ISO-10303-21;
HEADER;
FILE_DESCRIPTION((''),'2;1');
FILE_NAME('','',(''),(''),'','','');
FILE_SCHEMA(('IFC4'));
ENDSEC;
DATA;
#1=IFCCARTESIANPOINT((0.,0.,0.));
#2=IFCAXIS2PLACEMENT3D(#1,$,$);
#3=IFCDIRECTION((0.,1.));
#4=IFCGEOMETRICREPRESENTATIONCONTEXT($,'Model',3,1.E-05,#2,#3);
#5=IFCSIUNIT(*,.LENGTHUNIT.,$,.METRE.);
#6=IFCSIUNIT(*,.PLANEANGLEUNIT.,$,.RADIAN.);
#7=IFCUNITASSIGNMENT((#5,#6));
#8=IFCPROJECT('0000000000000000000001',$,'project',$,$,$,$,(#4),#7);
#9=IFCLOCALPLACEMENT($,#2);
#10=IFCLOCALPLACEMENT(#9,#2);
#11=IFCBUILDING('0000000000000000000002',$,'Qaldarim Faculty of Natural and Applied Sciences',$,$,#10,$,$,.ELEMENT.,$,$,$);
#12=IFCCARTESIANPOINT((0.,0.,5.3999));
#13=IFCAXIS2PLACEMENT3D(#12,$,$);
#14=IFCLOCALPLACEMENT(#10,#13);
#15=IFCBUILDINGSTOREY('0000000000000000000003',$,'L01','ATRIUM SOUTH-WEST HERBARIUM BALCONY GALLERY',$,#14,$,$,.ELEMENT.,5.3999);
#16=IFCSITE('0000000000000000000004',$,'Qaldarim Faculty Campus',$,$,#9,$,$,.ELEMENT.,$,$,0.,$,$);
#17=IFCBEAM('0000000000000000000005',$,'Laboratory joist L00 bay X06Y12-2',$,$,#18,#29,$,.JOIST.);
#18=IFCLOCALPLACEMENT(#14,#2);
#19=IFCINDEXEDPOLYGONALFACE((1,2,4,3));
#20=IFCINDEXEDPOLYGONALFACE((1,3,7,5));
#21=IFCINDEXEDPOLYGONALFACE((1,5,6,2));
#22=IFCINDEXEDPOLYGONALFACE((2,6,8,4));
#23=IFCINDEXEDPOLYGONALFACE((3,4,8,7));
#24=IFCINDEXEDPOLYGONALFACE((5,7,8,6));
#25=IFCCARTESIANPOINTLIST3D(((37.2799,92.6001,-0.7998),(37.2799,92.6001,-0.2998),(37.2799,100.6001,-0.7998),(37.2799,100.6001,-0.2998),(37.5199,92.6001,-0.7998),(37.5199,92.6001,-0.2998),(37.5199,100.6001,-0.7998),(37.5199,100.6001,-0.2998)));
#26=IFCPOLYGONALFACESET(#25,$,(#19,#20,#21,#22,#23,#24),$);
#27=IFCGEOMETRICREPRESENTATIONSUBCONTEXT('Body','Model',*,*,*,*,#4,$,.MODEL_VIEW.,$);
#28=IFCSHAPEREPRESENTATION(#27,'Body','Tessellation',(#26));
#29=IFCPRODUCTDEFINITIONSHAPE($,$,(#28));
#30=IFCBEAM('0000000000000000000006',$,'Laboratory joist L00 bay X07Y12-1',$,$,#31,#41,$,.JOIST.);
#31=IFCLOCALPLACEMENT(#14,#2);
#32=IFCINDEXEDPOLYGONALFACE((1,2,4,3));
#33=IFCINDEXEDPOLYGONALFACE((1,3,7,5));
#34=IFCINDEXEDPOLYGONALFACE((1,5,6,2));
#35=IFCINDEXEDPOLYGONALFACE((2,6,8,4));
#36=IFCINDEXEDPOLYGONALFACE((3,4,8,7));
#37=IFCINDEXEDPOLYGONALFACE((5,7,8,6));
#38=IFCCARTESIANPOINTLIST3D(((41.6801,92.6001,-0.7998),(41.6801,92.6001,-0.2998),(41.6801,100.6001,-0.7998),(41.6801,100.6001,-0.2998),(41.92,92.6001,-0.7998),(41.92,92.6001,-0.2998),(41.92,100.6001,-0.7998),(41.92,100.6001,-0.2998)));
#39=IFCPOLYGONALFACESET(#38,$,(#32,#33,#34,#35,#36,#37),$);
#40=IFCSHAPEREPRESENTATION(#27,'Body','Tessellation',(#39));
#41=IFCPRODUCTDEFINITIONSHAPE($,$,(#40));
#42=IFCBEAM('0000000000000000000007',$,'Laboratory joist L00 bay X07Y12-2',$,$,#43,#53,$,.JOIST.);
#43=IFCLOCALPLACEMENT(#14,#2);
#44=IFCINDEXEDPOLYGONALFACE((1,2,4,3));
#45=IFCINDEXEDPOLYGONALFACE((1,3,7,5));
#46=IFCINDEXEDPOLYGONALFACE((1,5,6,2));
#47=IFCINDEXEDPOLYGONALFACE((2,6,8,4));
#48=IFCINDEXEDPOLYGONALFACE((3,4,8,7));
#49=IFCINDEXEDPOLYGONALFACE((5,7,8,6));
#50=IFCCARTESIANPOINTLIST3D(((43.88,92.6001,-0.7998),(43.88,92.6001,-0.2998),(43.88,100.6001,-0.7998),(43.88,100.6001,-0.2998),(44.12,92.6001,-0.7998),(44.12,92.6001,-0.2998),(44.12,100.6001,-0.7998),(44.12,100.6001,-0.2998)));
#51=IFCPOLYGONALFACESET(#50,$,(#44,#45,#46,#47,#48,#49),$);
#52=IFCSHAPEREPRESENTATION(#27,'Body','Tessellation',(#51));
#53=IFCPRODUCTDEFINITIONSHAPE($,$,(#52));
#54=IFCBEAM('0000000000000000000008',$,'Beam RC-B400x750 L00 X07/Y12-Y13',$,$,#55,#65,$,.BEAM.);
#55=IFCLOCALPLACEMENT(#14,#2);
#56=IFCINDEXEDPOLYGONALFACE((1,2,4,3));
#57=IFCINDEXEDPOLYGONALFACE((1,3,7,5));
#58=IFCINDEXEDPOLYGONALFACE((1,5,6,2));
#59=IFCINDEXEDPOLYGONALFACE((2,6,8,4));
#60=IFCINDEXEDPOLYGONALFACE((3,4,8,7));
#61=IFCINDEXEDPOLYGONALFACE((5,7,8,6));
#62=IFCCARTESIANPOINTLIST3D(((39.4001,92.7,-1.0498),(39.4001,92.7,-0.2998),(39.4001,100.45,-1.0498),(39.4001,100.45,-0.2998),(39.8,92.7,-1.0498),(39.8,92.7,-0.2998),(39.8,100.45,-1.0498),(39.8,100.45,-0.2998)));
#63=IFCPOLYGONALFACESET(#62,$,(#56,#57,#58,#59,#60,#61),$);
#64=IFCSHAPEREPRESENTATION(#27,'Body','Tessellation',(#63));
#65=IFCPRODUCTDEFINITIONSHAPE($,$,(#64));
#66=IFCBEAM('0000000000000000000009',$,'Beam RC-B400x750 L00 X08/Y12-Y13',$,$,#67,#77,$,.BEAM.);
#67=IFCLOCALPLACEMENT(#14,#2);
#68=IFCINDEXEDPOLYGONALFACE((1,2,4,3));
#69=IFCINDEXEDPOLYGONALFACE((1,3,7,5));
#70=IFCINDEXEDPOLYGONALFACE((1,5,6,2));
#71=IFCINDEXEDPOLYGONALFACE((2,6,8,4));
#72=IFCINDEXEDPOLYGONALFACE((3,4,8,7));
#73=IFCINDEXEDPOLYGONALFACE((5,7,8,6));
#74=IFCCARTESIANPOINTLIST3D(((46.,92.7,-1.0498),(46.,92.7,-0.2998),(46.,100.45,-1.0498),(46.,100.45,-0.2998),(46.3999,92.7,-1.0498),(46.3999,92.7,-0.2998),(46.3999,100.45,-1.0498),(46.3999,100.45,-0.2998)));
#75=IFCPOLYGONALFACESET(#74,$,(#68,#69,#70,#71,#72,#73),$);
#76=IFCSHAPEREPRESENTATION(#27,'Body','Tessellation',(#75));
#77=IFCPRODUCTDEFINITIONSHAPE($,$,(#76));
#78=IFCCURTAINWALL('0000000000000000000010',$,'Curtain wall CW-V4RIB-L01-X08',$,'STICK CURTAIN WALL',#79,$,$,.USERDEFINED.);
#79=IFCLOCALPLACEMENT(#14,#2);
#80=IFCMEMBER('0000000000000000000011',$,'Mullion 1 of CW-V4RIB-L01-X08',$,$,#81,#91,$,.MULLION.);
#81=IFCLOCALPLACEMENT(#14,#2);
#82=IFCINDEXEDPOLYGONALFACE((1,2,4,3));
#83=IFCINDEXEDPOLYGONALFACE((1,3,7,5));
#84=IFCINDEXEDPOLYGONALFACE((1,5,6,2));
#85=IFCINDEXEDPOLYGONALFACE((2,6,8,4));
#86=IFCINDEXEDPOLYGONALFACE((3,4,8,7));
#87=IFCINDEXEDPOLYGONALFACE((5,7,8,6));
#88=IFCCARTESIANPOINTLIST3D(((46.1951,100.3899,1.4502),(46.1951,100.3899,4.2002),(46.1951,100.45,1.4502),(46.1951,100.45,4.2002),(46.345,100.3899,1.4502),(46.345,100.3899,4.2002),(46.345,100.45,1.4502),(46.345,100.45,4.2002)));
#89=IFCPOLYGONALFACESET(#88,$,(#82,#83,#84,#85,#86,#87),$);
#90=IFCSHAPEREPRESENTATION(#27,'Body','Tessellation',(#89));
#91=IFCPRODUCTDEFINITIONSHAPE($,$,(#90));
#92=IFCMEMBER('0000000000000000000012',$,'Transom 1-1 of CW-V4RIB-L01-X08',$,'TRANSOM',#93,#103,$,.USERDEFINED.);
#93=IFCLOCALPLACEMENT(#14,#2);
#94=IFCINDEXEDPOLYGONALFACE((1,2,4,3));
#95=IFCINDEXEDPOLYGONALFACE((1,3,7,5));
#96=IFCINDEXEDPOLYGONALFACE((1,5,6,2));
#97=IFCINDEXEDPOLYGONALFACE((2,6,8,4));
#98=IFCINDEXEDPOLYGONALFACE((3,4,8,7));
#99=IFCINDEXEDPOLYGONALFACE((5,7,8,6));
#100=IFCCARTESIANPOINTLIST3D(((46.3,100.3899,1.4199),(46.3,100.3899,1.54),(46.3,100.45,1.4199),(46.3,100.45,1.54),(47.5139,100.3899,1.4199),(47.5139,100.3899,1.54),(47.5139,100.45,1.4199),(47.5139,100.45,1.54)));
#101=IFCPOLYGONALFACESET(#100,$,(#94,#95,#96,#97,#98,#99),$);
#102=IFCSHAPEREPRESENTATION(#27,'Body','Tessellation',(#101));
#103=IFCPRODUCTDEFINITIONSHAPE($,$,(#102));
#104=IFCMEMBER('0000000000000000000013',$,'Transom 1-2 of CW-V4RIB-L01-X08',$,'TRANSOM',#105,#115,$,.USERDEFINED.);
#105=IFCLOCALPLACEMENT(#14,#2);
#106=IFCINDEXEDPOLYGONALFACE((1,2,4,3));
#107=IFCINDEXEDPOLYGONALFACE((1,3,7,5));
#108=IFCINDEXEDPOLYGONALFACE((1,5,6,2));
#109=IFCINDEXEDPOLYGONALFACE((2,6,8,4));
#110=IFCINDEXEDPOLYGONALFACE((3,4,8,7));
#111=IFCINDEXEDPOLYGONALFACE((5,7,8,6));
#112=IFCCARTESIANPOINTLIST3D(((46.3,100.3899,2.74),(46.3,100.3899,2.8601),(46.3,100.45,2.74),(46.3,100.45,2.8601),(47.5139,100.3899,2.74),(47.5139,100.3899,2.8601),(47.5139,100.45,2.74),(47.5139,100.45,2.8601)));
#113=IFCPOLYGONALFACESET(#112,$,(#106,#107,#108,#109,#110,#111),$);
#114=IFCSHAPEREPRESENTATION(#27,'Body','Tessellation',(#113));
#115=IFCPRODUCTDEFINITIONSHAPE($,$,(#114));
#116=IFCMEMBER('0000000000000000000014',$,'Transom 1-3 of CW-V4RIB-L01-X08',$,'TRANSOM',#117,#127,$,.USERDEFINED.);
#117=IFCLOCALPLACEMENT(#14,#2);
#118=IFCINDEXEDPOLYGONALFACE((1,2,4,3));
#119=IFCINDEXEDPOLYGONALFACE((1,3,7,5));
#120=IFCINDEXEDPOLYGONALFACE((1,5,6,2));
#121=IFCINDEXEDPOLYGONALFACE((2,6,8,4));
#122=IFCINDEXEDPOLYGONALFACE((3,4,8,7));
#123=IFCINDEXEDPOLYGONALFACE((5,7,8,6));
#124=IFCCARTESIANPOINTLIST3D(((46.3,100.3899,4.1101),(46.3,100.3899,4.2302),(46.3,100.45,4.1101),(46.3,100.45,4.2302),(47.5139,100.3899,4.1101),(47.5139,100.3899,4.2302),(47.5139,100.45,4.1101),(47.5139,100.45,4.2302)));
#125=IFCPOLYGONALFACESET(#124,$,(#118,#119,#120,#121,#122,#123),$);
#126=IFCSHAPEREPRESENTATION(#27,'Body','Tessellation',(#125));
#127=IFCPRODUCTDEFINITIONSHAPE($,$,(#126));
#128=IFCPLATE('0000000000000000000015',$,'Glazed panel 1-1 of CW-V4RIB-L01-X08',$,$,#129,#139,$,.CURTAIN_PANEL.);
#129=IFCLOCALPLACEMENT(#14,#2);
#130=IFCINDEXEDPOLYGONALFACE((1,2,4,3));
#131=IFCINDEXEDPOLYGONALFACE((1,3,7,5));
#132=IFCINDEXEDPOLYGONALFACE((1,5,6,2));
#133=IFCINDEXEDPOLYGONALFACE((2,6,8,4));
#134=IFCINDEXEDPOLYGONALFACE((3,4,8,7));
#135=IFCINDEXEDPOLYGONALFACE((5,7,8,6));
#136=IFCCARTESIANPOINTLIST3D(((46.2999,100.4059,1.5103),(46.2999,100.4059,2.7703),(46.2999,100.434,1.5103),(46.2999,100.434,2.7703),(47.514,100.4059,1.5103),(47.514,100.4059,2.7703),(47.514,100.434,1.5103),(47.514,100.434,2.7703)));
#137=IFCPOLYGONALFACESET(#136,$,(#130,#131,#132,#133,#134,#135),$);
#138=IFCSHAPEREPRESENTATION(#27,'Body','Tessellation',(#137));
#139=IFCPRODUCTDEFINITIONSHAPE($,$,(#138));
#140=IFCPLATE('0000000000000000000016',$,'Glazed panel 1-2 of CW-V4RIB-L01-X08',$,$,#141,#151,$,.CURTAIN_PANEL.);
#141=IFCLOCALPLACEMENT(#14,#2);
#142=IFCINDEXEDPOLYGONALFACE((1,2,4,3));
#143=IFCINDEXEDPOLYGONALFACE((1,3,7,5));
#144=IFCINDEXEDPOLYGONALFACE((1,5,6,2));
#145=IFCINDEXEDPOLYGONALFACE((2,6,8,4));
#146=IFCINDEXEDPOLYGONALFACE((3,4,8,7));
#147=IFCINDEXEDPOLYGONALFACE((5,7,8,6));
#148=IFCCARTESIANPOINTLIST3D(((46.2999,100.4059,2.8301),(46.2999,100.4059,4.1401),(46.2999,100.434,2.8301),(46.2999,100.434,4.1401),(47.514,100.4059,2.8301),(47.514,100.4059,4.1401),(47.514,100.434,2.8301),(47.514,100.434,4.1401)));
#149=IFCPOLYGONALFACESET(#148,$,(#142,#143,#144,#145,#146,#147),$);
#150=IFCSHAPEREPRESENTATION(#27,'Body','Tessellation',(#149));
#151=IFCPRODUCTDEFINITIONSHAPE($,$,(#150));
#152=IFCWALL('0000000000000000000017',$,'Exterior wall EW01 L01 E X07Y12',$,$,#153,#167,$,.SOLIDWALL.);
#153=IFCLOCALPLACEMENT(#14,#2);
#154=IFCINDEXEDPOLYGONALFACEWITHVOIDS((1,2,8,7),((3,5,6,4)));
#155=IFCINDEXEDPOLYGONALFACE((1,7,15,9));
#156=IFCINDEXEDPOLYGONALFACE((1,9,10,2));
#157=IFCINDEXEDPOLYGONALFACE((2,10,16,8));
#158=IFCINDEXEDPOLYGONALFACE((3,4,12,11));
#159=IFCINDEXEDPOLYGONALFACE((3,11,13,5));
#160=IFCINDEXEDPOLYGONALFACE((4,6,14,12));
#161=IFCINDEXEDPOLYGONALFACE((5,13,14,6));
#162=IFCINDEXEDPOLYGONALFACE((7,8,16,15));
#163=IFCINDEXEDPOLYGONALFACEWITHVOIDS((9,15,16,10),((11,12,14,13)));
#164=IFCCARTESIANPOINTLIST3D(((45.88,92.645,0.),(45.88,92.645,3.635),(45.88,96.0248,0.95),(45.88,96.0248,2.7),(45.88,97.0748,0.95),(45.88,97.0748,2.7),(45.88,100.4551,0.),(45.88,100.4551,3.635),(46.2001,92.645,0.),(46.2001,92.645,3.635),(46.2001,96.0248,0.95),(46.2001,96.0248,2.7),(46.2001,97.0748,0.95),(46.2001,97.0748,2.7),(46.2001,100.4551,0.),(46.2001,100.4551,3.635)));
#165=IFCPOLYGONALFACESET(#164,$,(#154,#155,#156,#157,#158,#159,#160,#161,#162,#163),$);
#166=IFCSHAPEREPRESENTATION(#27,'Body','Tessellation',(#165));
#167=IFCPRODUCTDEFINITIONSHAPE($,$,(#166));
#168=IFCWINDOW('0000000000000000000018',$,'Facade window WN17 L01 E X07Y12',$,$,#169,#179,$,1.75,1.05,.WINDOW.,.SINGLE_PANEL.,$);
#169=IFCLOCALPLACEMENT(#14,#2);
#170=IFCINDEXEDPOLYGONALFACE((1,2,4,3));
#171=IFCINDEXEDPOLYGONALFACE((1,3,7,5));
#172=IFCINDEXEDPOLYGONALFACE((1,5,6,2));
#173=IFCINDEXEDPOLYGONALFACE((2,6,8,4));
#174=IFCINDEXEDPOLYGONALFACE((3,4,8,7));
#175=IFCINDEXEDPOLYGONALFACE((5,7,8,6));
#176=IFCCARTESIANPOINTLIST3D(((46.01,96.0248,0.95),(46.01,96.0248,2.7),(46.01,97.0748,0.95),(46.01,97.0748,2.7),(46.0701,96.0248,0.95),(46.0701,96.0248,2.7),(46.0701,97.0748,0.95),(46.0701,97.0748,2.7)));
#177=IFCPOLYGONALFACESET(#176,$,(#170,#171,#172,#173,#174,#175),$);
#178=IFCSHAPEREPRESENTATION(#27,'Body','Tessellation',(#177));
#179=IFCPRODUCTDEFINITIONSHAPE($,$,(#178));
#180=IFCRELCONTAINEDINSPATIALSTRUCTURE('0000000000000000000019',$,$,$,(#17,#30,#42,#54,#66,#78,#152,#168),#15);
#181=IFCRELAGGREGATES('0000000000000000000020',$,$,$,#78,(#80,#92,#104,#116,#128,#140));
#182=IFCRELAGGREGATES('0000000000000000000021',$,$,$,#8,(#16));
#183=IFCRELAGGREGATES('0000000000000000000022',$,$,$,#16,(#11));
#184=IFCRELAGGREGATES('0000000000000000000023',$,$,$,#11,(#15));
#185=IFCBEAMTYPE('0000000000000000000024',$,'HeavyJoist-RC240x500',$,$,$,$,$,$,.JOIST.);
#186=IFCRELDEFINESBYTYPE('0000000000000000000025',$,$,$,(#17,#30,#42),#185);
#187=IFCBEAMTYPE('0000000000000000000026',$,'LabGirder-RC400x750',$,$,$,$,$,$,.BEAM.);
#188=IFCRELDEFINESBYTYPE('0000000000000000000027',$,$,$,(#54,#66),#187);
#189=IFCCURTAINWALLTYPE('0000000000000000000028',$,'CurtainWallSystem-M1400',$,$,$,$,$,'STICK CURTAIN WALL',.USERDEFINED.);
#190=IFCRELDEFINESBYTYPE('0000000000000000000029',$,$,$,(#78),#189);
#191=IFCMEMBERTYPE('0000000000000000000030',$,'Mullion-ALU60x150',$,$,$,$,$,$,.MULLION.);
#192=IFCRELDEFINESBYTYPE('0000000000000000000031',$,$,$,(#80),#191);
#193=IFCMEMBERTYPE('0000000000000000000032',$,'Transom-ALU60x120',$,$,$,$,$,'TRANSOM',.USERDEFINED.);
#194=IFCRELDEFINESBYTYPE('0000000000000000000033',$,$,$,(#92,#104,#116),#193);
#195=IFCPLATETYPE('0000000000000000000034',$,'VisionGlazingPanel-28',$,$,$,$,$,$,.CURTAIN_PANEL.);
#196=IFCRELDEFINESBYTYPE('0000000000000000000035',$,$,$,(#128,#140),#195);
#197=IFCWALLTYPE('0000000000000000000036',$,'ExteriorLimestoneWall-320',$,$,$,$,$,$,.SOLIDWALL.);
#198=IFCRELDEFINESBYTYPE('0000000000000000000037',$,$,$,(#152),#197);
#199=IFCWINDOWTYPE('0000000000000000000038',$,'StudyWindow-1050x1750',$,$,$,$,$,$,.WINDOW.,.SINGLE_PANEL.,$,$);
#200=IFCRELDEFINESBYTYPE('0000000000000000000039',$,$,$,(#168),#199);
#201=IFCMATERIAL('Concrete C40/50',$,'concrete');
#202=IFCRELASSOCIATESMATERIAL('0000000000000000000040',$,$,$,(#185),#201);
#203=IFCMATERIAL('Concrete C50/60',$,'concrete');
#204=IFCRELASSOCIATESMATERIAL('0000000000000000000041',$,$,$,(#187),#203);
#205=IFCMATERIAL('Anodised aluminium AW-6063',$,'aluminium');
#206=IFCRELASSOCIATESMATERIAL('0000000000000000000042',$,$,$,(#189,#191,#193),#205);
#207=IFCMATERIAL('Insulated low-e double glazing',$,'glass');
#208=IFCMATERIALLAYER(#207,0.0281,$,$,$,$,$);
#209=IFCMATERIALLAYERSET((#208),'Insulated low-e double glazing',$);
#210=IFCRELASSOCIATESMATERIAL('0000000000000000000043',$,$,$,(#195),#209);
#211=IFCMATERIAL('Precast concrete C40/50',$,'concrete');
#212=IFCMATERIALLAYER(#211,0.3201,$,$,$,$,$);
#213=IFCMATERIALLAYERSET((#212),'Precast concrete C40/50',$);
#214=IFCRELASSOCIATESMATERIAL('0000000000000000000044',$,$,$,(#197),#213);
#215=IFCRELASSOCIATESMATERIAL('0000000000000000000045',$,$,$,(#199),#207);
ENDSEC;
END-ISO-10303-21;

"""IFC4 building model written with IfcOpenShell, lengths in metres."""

from ifc_helpers import new_model, si_unit, direction, frame, frame_2d, origin, origin_2d, place, context, subcontext, project, spatial, rectangle, extrude, material, layer, layer_set, material_profile, profile_set, type_object, element, fill, aggregate, save


model = new_model("IFC4")

# Units and contexts
model_context = context("Model", 3, precision=1e-05, world=origin(), true_north=direction((0.0, 1.0)))
body_context = subcontext(model_context, "Body", "Model", "MODEL_VIEW")
ifc_project = project(units=[si_unit("LENGTHUNIT", "METRE"), si_unit("PLANEANGLEUNIT", "RADIAN")], contexts=[model_context])

# Site, building, storey
site_placement = place(None, origin())
site = spatial("IfcSite", under=ifc_project, at=site_placement, Name="Qaldarim Faculty Campus", CompositionType="ELEMENT", RefElevation=0.0)
building_placement = place(site_placement, origin())
building = spatial("IfcBuilding", under=site, at=building_placement, Name="Qaldarim Faculty of Natural and Applied Sciences", CompositionType="ELEMENT")
storey_placement = place(building_placement, frame((0.0, 0.0, 5.3999)))
storey = spatial("IfcBuildingStorey", under=building, at=storey_placement, Name="L01", Description="ATRIUM SOUTH-WEST HERBARIUM BALCONY GALLERY", CompositionType="ELEMENT", Elevation=5.3999)

# Beams
ifc_material_1 = material(Name="Concrete C40/50", Category="concrete")
ifc_material_profile_1 = material_profile(ifc_material_1, rectangle(XDim=0.24, YDim=0.5, at=origin_2d()), Name="RC-J240x500")
ifc_profile_set_1 = profile_set([ifc_material_profile_1], Name="Concrete C40/50")
beam_type_1 = type_object("IfcBeamType", Name="HeavyJoist-RC240x500", PredefinedType="JOIST", material=ifc_profile_set_1)
for number, where, z_axis, x_axis, name in (
    (1, (37.3999, 92.6001, -0.5498), (0.0, 1.0, 0.0), (-1.0, 0.0, 0.0), "Laboratory joist L00 bay X06Y12-2"),
    (2, (41.8, 92.6001, -0.5498), (0.0, 1.0, 0.0), (-1.0, 0.0, 0.0), "Laboratory joist L00 bay X07Y12-1"),
    (3, (44.0, 92.6001, -0.5498), (0.0, 1.0, 0.0), (-1.0, 0.0, 0.0), "Laboratory joist L00 bay X07Y12-2"),
):
    element("IfcBeam", number, at=place(storey_placement, frame(where, z_axis=z_axis, x_axis=x_axis)), inside=storey, type_object=beam_type_1, Name=name, PredefinedType="JOIST", context=body_context, shape_type="SweptSolid", body=[
        extrude(rectangle(XDim=0.24, YDim=0.5, at=origin_2d()), origin(), (0.0, 0.0, 1.0), 8.0),
    ])
ifc_material_2 = material(Name="Concrete C50/60", Category="concrete")
ifc_material_profile_2 = material_profile(ifc_material_2, rectangle(XDim=0.3999, YDim=0.75, at=origin_2d()), Name="RC-B400x750")
ifc_profile_set_2 = profile_set([ifc_material_profile_2], Name="Concrete C50/60")
beam_type_2 = type_object("IfcBeamType", Name="LabGirder-RC400x750", PredefinedType="BEAM", material=ifc_profile_set_2)
for number, where, z_axis, x_axis, name in (
    (4, (39.6001, 92.7, -0.6748), (0.0, 1.0, 0.0), (-1.0, 0.0, 0.0), "Beam RC-B400x750 L00 X07/Y12-Y13"),
    (5, (46.2, 92.7, -0.6748), (0.0, 1.0, 0.0), (-1.0, 0.0, 0.0), "Beam RC-B400x750 L00 X08/Y12-Y13"),
):
    element("IfcBeam", number, at=place(storey_placement, frame(where, z_axis=z_axis, x_axis=x_axis)), inside=storey, type_object=beam_type_2, Name=name, PredefinedType="BEAM", context=body_context, shape_type="SweptSolid", body=[
        extrude(rectangle(XDim=0.3999, YDim=0.75, at=origin_2d()), origin(), (0.0, 0.0, 1.0), 7.75),
    ])

# Curtain wall, members, plates
ifc_material_3 = material(Name="Anodised aluminium AW-6063", Category="aluminium")
curtain_wall_type = type_object("IfcCurtainWallType", Name="CurtainWallSystem-M1400", ElementType="STICK CURTAIN WALL", PredefinedType="USERDEFINED", material=ifc_material_3)
curtain_wall_placement = place(storey_placement, origin())
curtain_wall = element("IfcCurtainWall", 6, at=curtain_wall_placement, inside=storey, type_object=curtain_wall_type, Name="Curtain wall CW-V4RIB-L01-X08", ObjectType="STICK CURTAIN WALL", PredefinedType="USERDEFINED")
ifc_material_profile_3 = material_profile(ifc_material_3, rectangle(XDim=0.0601, YDim=0.1499, at=origin_2d()), Name="ALU-M60x150")
ifc_profile_set_3 = profile_set([ifc_material_profile_3], Name="Anodised aluminium AW-6063")
member_type_1 = type_object("IfcMemberType", Name="Mullion-ALU60x150", PredefinedType="MULLION", material=ifc_profile_set_3)
member_1_placement = place(storey_placement, frame((46.27, 100.4199, 1.4502), z_axis=(0.0, 0.0, 1.0), x_axis=(0.0, 1.0, 0.0)))
member_1 = element("IfcMember", 7, at=member_1_placement, type_object=member_type_1, Name="Mullion 1 of CW-V4RIB-L01-X08", PredefinedType="MULLION", context=body_context, shape_type="SweptSolid", body=[
    extrude(rectangle(XDim=0.0601, YDim=0.1499, at=origin_2d()), origin(), (0.0, 0.0, 1.0), 2.75),
])
ifc_material_profile_4 = material_profile(ifc_material_3, rectangle(XDim=0.0601, YDim=0.1201, at=origin_2d()), Name="ALU-T60x120")
ifc_profile_set_4 = profile_set([ifc_material_profile_4], Name="Anodised aluminium AW-6063")
member_type_2 = type_object("IfcMemberType", Name="Transom-ALU60x120", ElementType="TRANSOM", PredefinedType="USERDEFINED", material=ifc_profile_set_4)
member_2_placement = place(storey_placement, frame((46.3, 100.4199, 1.48), z_axis=(1.0, 0.0, 0.0), x_axis=(0.0, 1.0, 0.0)))
member_2 = element("IfcMember", 8, at=member_2_placement, type_object=member_type_2, Name="Transom 1-1 of CW-V4RIB-L01-X08", ObjectType="TRANSOM", PredefinedType="USERDEFINED", context=body_context, shape_type="SweptSolid", body=[
    extrude(rectangle(XDim=0.0601, YDim=0.1201, at=origin_2d()), origin(), (0.0, 0.0, 1.0), 1.2139),
])
member_3_placement = place(storey_placement, frame((46.3, 100.4199, 2.8), z_axis=(1.0, 0.0, 0.0), x_axis=(0.0, 1.0, 0.0)))
member_3 = element("IfcMember", 9, at=member_3_placement, type_object=member_type_2, Name="Transom 1-2 of CW-V4RIB-L01-X08", ObjectType="TRANSOM", PredefinedType="USERDEFINED", context=body_context, shape_type="SweptSolid", body=[
    extrude(rectangle(XDim=0.0601, YDim=0.1201, at=origin_2d()), origin(), (0.0, 0.0, 1.0), 1.2139),
])
member_4_placement = place(storey_placement, frame((46.3, 100.4199, 4.1702), z_axis=(1.0, 0.0, 0.0), x_axis=(0.0, 1.0, 0.0)))
member_4 = element("IfcMember", 10, at=member_4_placement, type_object=member_type_2, Name="Transom 1-3 of CW-V4RIB-L01-X08", ObjectType="TRANSOM", PredefinedType="USERDEFINED", context=body_context, shape_type="SweptSolid", body=[
    extrude(rectangle(XDim=0.0601, YDim=0.1201, at=origin_2d()), origin(), (0.0, 0.0, 1.0), 1.2139),
])
ifc_material_4 = material(Name="Insulated low-e double glazing", Category="glass")
ifc_layer_1 = layer(ifc_material_4, 0.0281)
ifc_layer_set_1 = layer_set([ifc_layer_1], Name="Insulated low-e double glazing")
plate_type = type_object("IfcPlateType", Name="VisionGlazingPanel-28", PredefinedType="CURTAIN_PANEL", material=ifc_layer_set_1)
plate_1_placement = place(storey_placement, frame((46.907, 100.4199, 1.5103), z_axis=(0.0, 0.0, 1.0), x_axis=(1.0, 0.0, 0.0)))
plate_1 = element("IfcPlate", 11, at=plate_1_placement, type_object=plate_type, Name="Glazed panel 1-1 of CW-V4RIB-L01-X08", PredefinedType="CURTAIN_PANEL", context=body_context, shape_type="SweptSolid", body=[
    extrude(rectangle(XDim=1.2141, YDim=0.0281, at=origin_2d()), origin(), (0.0, 0.0, 1.0), 1.26),
])
plate_2_placement = place(storey_placement, frame((46.907, 100.4199, 2.8301), z_axis=(0.0, 0.0, 1.0), x_axis=(1.0, 0.0, 0.0)))
plate_2 = element("IfcPlate", 12, at=plate_2_placement, type_object=plate_type, Name="Glazed panel 1-2 of CW-V4RIB-L01-X08", PredefinedType="CURTAIN_PANEL", context=body_context, shape_type="SweptSolid", body=[
    extrude(rectangle(XDim=1.2141, YDim=0.0281, at=origin_2d()), origin(), (0.0, 0.0, 1.0), 1.3101),
])
aggregate(curtain_wall, [member_1, member_2, member_3, member_4, plate_1, plate_2])

# Wall, opening, window
ifc_material_5 = material(Name="Precast concrete C40/50", Category="concrete")
ifc_layer_2 = layer(ifc_material_5, 0.3201)
ifc_layer_set_2 = layer_set([ifc_layer_2], Name="Precast concrete C40/50")
wall_type_1 = type_object("IfcWallType", Name="ExteriorLimestoneWall-320", PredefinedType="SOLIDWALL", material=ifc_layer_set_2)
wall_1_placement = place(storey_placement, frame((46.04, 92.645, 0.0), z_axis=(0.0, 0.0, 1.0), x_axis=(0.0, 1.0, 0.0)))
wall_1 = element("IfcWall", 13, at=wall_1_placement, inside=storey, type_object=wall_type_1, Name="Exterior wall EW01 L01 E X07Y12", PredefinedType="SOLIDWALL", context=body_context, shape_type="SweptSolid", body=[
    extrude(rectangle(XDim=7.8101, YDim=0.3201, at=frame_2d((3.905, 0.0))), origin(), (0.0, 0.0, 1.0), 3.635),
])
opening_placement = place(wall_1_placement, frame((3.3799, 0.0, 0.95)))
opening = element("IfcOpeningElement", 14, at=opening_placement, cuts=wall_1, PredefinedType="OPENING", context=body_context, shape_type="SweptSolid", body=[
    extrude(rectangle(XDim=1.05, YDim=1.75, at=frame_2d((0.5249, 0.875))), frame((0.0, 0.1699, 0.0), z_axis=(0.0, -1.0, 0.0), x_axis=(1.0, 0.0, 0.0)), (0.0, 0.0, 1.0), 0.3401),
])
window_type = type_object("IfcWindowType", Name="StudyWindow-1050x1750", PartitioningType="SINGLE_PANEL", PredefinedType="WINDOW", material=ifc_material_4)
window_placement = place(opening_placement, origin())
window = element("IfcWindow", 15, at=window_placement, inside=storey, type_object=window_type, Name="Facade window WN17 L01 E X07Y12", OverallHeight=1.75, OverallWidth=1.05, PartitioningType="SINGLE_PANEL", PredefinedType="WINDOW", context=body_context, shape_type="SweptSolid", body=[
    extrude(rectangle(XDim=1.05, YDim=1.75, at=frame_2d((0.5249, 0.875))), frame((0.0, 0.03, 0.0), z_axis=(0.0, -1.0, 0.0), x_axis=(1.0, 0.0, 0.0)), (0.0, 0.0, 1.0), 0.0601),
])
fill(opening, window)

save(model, "model.ifc")
